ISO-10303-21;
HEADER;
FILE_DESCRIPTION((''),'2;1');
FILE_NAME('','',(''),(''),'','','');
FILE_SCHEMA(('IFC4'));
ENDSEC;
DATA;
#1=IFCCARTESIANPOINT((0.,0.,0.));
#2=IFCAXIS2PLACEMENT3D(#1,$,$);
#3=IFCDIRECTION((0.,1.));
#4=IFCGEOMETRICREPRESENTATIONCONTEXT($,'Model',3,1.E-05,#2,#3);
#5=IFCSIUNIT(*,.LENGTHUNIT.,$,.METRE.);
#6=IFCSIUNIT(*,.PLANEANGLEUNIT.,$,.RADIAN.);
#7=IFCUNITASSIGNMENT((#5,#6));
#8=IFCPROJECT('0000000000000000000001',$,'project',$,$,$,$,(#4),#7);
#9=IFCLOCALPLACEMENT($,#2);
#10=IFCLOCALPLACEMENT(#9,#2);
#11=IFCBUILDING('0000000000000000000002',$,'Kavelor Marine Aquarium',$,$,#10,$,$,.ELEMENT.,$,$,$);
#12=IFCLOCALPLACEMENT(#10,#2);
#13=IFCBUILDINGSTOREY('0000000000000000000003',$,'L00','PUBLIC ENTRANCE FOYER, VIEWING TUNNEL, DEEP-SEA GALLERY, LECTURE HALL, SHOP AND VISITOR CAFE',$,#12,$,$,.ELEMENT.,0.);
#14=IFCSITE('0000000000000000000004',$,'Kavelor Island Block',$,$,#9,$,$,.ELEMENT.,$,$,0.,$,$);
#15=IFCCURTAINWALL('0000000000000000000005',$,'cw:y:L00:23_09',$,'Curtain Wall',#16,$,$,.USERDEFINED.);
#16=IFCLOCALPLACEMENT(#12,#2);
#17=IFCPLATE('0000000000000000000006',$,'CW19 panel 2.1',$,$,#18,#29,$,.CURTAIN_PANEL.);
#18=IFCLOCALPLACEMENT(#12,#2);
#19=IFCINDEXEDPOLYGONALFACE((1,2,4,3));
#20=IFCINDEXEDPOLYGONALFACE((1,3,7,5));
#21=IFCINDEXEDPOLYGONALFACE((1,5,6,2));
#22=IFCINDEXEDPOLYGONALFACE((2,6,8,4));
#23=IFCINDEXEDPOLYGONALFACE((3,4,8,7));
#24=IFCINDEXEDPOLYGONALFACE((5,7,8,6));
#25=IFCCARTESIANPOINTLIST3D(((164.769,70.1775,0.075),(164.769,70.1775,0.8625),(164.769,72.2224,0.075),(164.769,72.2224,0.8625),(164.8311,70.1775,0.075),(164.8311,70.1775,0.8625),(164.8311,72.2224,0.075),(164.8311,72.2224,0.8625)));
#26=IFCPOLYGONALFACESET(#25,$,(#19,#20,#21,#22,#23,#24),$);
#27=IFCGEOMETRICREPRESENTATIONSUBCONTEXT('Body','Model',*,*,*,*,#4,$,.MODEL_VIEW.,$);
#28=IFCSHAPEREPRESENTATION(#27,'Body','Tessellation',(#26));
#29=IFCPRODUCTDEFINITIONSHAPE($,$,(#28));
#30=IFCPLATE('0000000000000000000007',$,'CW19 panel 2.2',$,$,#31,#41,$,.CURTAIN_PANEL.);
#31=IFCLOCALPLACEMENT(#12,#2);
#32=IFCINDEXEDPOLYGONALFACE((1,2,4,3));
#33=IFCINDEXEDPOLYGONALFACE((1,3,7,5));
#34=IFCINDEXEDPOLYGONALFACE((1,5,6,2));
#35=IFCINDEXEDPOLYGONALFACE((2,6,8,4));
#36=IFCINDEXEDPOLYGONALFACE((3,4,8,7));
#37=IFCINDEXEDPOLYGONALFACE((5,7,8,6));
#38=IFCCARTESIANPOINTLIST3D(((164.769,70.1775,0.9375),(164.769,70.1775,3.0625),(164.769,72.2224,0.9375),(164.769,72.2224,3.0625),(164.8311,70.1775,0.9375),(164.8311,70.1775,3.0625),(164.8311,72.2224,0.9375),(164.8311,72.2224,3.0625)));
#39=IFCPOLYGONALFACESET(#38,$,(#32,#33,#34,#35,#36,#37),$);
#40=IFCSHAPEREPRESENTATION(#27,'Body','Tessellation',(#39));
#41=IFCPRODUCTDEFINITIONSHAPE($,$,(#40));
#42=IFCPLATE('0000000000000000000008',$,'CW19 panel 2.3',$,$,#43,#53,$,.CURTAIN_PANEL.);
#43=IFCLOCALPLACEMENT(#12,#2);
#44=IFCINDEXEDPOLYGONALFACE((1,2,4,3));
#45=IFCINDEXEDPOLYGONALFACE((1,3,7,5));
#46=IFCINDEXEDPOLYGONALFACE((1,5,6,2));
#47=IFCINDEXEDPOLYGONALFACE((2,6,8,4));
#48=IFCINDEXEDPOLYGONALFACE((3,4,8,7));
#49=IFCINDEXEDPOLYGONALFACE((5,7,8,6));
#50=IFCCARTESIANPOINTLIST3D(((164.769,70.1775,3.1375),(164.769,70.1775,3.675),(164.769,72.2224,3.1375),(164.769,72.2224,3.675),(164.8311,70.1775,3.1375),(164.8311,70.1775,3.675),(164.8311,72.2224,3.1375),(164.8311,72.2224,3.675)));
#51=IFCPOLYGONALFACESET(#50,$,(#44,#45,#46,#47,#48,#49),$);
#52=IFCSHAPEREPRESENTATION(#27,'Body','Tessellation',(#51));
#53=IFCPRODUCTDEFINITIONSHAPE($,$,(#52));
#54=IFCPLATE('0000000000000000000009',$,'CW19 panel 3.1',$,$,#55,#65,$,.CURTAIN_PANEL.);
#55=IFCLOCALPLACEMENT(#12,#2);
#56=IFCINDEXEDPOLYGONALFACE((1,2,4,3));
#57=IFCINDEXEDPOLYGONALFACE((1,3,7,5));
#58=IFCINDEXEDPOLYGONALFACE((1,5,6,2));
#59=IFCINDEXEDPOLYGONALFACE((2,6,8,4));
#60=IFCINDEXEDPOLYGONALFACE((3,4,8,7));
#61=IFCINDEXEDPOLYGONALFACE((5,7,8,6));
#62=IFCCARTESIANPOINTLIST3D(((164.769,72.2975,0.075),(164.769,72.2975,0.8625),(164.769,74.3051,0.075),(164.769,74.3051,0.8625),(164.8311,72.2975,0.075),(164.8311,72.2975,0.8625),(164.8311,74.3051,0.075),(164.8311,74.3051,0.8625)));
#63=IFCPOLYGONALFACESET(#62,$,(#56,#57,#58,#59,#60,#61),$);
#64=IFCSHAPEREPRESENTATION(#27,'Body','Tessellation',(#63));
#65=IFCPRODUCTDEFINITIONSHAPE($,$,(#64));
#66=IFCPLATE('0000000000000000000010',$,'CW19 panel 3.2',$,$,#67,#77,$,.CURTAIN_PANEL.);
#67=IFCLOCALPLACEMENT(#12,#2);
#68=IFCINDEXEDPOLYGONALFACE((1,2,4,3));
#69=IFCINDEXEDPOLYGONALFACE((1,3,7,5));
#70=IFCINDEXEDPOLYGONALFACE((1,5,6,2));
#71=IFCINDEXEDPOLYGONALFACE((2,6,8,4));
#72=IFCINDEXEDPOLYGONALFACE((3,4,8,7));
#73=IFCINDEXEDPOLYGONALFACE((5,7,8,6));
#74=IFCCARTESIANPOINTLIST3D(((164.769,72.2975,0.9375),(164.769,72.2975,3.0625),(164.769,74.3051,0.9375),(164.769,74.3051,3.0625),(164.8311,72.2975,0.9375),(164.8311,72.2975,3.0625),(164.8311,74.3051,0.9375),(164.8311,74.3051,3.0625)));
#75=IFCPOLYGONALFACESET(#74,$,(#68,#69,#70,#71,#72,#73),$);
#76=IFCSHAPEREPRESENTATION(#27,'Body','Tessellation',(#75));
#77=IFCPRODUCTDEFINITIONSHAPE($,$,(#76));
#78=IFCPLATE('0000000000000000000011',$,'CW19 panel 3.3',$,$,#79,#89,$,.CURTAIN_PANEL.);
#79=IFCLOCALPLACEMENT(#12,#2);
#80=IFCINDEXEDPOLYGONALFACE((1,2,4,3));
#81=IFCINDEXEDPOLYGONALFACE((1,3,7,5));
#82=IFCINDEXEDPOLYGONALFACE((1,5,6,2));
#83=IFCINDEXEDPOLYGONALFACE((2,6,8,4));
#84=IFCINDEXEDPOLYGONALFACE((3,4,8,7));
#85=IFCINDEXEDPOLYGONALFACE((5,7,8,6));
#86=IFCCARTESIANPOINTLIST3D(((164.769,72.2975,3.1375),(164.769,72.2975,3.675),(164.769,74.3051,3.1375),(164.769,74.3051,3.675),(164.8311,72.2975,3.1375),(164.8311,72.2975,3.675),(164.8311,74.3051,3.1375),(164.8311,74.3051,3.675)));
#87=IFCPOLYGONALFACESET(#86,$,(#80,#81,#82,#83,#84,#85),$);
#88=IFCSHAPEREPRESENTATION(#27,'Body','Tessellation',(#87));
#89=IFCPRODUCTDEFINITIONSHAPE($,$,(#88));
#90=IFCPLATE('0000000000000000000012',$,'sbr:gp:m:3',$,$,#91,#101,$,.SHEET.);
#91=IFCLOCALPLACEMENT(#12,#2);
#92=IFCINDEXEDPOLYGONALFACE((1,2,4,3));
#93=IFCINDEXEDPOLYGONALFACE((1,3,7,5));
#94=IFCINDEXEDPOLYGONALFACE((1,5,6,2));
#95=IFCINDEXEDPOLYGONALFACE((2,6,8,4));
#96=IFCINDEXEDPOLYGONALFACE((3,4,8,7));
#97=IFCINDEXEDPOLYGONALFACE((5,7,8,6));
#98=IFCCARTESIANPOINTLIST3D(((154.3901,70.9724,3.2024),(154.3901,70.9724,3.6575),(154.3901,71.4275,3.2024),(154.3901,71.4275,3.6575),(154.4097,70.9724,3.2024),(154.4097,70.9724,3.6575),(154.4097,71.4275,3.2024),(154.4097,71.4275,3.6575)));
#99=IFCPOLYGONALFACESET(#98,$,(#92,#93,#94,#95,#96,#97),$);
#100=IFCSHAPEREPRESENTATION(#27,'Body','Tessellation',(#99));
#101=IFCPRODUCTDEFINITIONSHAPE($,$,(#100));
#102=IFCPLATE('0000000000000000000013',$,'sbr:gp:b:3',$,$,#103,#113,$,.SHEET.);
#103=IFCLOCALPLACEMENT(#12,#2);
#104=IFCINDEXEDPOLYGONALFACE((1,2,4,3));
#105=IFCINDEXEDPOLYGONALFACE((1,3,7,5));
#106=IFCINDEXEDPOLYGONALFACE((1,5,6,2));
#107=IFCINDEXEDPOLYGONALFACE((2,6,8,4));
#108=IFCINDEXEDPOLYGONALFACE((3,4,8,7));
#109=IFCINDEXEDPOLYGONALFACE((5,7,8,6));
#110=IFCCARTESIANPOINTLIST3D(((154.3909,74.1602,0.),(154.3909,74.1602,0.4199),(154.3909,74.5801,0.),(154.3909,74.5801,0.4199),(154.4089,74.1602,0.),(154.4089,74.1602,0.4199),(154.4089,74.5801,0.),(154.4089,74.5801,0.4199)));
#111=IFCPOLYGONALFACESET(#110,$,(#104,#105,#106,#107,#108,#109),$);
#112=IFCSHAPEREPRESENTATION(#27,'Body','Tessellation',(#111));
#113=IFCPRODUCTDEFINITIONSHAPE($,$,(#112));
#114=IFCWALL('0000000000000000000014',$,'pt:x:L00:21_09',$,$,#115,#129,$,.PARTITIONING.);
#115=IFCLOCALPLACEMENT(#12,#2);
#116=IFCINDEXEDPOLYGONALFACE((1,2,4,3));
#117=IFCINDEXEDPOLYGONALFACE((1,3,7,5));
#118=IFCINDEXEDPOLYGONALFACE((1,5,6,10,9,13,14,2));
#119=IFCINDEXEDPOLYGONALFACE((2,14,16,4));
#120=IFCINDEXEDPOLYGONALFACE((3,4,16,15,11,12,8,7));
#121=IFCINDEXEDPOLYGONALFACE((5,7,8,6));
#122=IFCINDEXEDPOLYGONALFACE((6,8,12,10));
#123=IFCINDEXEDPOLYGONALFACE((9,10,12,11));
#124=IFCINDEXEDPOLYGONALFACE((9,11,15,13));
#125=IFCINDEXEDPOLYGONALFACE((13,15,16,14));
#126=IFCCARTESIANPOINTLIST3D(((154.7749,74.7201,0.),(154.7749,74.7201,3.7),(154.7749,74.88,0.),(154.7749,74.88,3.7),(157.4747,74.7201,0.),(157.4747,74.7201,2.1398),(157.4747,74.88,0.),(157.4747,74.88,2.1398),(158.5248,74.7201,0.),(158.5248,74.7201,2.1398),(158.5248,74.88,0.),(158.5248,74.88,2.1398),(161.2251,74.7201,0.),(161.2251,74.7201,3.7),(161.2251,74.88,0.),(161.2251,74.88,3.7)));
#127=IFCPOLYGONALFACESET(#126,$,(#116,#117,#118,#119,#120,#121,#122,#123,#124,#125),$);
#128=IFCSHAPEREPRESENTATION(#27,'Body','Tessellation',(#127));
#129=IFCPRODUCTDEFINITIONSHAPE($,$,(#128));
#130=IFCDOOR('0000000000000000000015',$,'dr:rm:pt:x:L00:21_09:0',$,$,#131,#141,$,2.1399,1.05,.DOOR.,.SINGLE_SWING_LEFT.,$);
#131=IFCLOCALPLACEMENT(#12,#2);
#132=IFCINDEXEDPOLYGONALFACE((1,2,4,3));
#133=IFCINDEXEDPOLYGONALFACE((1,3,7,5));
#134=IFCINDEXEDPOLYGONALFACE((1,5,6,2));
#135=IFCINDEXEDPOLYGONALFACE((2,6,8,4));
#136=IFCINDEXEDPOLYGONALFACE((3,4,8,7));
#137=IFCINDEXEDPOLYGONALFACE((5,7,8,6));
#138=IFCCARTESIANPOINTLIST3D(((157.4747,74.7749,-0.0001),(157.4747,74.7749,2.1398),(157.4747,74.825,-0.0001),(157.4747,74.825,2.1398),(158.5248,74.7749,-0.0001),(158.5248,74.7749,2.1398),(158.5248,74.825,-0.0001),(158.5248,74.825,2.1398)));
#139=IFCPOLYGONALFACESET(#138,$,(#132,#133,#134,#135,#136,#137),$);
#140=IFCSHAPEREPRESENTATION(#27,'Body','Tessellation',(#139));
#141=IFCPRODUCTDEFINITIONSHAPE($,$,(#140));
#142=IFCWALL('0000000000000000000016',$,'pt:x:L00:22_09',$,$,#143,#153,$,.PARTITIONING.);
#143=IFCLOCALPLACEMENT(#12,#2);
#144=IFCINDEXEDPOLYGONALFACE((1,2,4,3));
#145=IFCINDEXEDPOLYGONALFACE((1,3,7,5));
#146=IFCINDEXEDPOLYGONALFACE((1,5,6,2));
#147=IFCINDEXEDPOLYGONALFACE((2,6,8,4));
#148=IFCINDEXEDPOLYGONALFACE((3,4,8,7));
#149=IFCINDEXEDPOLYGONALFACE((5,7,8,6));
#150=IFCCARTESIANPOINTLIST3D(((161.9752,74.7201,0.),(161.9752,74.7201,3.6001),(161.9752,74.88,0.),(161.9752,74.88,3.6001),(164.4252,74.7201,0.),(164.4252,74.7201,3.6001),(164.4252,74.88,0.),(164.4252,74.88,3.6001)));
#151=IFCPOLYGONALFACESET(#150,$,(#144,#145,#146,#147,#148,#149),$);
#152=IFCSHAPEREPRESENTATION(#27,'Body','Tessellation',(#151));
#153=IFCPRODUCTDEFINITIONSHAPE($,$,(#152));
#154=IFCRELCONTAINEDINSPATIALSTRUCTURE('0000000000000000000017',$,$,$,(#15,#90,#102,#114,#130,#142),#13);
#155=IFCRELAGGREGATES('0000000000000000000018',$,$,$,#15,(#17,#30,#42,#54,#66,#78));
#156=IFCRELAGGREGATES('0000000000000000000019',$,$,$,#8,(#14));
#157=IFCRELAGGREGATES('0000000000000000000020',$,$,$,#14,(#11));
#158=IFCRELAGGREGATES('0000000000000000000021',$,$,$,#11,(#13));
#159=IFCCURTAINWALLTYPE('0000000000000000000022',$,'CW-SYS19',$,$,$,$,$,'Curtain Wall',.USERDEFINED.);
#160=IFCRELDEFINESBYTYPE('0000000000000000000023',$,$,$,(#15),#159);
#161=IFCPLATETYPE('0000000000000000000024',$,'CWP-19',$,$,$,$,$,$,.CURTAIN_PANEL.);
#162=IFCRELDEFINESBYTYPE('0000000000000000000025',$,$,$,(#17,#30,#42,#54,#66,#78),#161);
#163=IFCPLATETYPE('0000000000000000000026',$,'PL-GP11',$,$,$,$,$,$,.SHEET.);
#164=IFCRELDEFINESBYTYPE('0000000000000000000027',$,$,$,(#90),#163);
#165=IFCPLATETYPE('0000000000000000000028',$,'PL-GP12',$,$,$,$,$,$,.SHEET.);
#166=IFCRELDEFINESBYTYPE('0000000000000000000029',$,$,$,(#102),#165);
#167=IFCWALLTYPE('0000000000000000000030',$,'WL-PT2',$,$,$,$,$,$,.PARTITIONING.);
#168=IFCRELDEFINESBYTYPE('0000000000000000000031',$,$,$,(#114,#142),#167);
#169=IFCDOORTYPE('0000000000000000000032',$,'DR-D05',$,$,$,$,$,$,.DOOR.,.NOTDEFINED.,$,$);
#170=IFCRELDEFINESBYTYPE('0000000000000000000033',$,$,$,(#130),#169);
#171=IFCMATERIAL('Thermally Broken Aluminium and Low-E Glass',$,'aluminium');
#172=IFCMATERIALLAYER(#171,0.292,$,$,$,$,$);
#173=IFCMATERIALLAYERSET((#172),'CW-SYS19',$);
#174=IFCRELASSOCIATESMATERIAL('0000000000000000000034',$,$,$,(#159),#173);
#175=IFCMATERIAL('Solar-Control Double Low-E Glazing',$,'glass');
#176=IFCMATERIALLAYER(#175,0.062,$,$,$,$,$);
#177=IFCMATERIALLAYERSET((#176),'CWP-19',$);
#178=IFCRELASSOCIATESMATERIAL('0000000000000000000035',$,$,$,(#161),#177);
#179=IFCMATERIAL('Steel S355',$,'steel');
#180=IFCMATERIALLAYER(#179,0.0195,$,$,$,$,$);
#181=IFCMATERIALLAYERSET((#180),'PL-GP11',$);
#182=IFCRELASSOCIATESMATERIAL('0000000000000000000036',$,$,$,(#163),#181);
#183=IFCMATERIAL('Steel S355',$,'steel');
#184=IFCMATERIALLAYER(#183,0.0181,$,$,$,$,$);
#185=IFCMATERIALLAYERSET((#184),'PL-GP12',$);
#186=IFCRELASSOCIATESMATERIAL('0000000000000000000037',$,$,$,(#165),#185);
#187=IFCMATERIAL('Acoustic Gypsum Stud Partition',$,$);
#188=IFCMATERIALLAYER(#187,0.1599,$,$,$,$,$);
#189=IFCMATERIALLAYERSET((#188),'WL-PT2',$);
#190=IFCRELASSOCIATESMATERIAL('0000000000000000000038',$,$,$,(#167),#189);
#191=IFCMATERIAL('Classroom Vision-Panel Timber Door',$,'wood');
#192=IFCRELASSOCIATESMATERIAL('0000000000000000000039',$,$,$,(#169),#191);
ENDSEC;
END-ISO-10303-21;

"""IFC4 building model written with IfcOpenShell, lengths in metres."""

from ifc_helpers import new_model, si_unit, direction, frame, frame_2d, origin, origin_2d, place, context, subcontext, project, spatial, rectangle, extrude, material, layer, layer_set, type_object, element, fill, aggregate, save


model = new_model("IFC4")

# Units and contexts
model_context = context("Model", 3, precision=1e-05, world=origin(), true_north=direction((0.0, 1.0)))
body_context = subcontext(model_context, "Body", "Model", "MODEL_VIEW")
ifc_project = project(units=[si_unit("LENGTHUNIT", "METRE"), si_unit("PLANEANGLEUNIT", "RADIAN")], contexts=[model_context])

# Site, building, storey
site_placement = place(None, origin())
site = spatial("IfcSite", under=ifc_project, at=site_placement, Name="Kavelor Island Block", CompositionType="ELEMENT", RefElevation=0.0)
building_placement = place(site_placement, origin())
building = spatial("IfcBuilding", under=site, at=building_placement, Name="Kavelor Marine Aquarium", CompositionType="ELEMENT")
storey_placement = place(building_placement, origin())
storey = spatial("IfcBuildingStorey", under=building, at=storey_placement, Name="L00", Description="PUBLIC ENTRANCE FOYER, VIEWING TUNNEL, DEEP-SEA GALLERY, LECTURE HALL, SHOP AND VISITOR CAFE", CompositionType="ELEMENT", Elevation=0.0)

# Curtain wall
ifc_material_1 = material(Name="Thermally Broken Aluminium and Low-E Glass", Category="aluminium")
ifc_layer_1 = layer(ifc_material_1, 0.292)
ifc_layer_set_1 = layer_set([ifc_layer_1], Name="CW-SYS19")
curtain_wall_type = type_object("IfcCurtainWallType", Name="CW-SYS19", ElementType="Curtain Wall", PredefinedType="USERDEFINED", material=ifc_layer_set_1)
curtain_wall_placement = place(storey_placement, origin())
curtain_wall = element("IfcCurtainWall", 1, at=curtain_wall_placement, inside=storey, type_object=curtain_wall_type, Name="cw:y:L00:23_09", ObjectType="Curtain Wall", PredefinedType="USERDEFINED")

# Plates
ifc_material_2 = material(Name="Solar-Control Double Low-E Glazing", Category="glass")
ifc_layer_2 = layer(ifc_material_2, 0.062)
ifc_layer_set_2 = layer_set([ifc_layer_2], Name="CWP-19")
plate_type_1 = type_object("IfcPlateType", Name="CWP-19", PredefinedType="CURTAIN_PANEL", material=ifc_layer_set_2)
plate_1_placement = place(storey_placement, frame((164.8, 71.2, 0.075), z_axis=(0.0, 0.0, 1.0), x_axis=(0.0, 1.0, 0.0)))
plate_1 = element("IfcPlate", 2, at=plate_1_placement, type_object=plate_type_1, Name="CW19 panel 2.1", PredefinedType="CURTAIN_PANEL", context=body_context, shape_type="SweptSolid", body=[
    extrude(rectangle(XDim=2.0449, YDim=0.062, at=origin_2d()), origin(), (0.0, 0.0, 1.0), 0.7876),
])
plate_2_placement = place(storey_placement, frame((164.8, 71.2, 0.9375), z_axis=(0.0, 0.0, 1.0), x_axis=(0.0, 1.0, 0.0)))
plate_2 = element("IfcPlate", 3, at=plate_2_placement, type_object=plate_type_1, Name="CW19 panel 2.2", PredefinedType="CURTAIN_PANEL", context=body_context, shape_type="SweptSolid", body=[
    extrude(rectangle(XDim=2.0449, YDim=0.062, at=origin_2d()), origin(), (0.0, 0.0, 1.0), 2.125),
])
plate_3_placement = place(storey_placement, frame((164.8, 71.2, 3.1375), z_axis=(0.0, 0.0, 1.0), x_axis=(0.0, 1.0, 0.0)))
plate_3 = element("IfcPlate", 4, at=plate_3_placement, type_object=plate_type_1, Name="CW19 panel 2.3", PredefinedType="CURTAIN_PANEL", context=body_context, shape_type="SweptSolid", body=[
    extrude(rectangle(XDim=2.0449, YDim=0.062, at=origin_2d()), origin(), (0.0, 0.0, 1.0), 0.5376),
])
plate_4_placement = place(storey_placement, frame((164.8, 73.3013, 0.075), z_axis=(0.0, 0.0, 1.0), x_axis=(0.0, 1.0, 0.0)))
plate_4 = element("IfcPlate", 5, at=plate_4_placement, type_object=plate_type_1, Name="CW19 panel 3.1", PredefinedType="CURTAIN_PANEL", context=body_context, shape_type="SweptSolid", body=[
    extrude(rectangle(XDim=2.0076, YDim=0.062, at=origin_2d()), origin(), (0.0, 0.0, 1.0), 0.7876),
])
plate_5_placement = place(storey_placement, frame((164.8, 73.3013, 0.9375), z_axis=(0.0, 0.0, 1.0), x_axis=(0.0, 1.0, 0.0)))
plate_5 = element("IfcPlate", 6, at=plate_5_placement, type_object=plate_type_1, Name="CW19 panel 3.2", PredefinedType="CURTAIN_PANEL", context=body_context, shape_type="SweptSolid", body=[
    extrude(rectangle(XDim=2.0076, YDim=0.062, at=origin_2d()), origin(), (0.0, 0.0, 1.0), 2.125),
])
plate_6_placement = place(storey_placement, frame((164.8, 73.3013, 3.1375), z_axis=(0.0, 0.0, 1.0), x_axis=(0.0, 1.0, 0.0)))
plate_6 = element("IfcPlate", 7, at=plate_6_placement, type_object=plate_type_1, Name="CW19 panel 3.3", PredefinedType="CURTAIN_PANEL", context=body_context, shape_type="SweptSolid", body=[
    extrude(rectangle(XDim=2.0076, YDim=0.062, at=origin_2d()), origin(), (0.0, 0.0, 1.0), 0.5376),
])
aggregate(curtain_wall, [plate_1, plate_2, plate_3, plate_4, plate_5, plate_6])

# Plates
ifc_material_3 = material(Name="Steel S355", Category="steel")
ifc_layer_3 = layer(ifc_material_3, 0.0195)
ifc_layer_set_3 = layer_set([ifc_layer_3], Name="PL-GP11")
plate_type_2 = type_object("IfcPlateType", Name="PL-GP11", PredefinedType="SHEET", material=ifc_layer_set_3)
plate_7_placement = place(storey_placement, frame((154.3999, 71.2, 3.2024), z_axis=(0.0, 0.0, 1.0), x_axis=(1.0, 0.0, 0.0)))
element("IfcPlate", 8, at=plate_7_placement, inside=storey, type_object=plate_type_2, Name="sbr:gp:m:3", PredefinedType="SHEET", context=body_context, shape_type="SweptSolid", body=[
    extrude(rectangle(XDim=0.0195, YDim=0.4551, at=origin_2d()), origin(), (0.0, 0.0, 1.0), 0.4551),
])
ifc_material_4 = material(Name="Steel S355", Category="steel")
ifc_layer_4 = layer(ifc_material_4, 0.0181)
ifc_layer_set_4 = layer_set([ifc_layer_4], Name="PL-GP12")
plate_type_3 = type_object("IfcPlateType", Name="PL-GP12", PredefinedType="SHEET", material=ifc_layer_set_4)
plate_8_placement = place(storey_placement, frame((154.3999, 74.3701, 0.0), z_axis=(0.0, 0.0, 1.0), x_axis=(1.0, 0.0, 0.0)))
element("IfcPlate", 9, at=plate_8_placement, inside=storey, type_object=plate_type_3, Name="sbr:gp:b:3", PredefinedType="SHEET", context=body_context, shape_type="SweptSolid", body=[
    extrude(rectangle(XDim=0.0181, YDim=0.4199, at=origin_2d()), origin(), (0.0, 0.0, 1.0), 0.4199),
])

# Wall, opening, door
ifc_material_5 = material(Name="Acoustic Gypsum Stud Partition")
ifc_layer_5 = layer(ifc_material_5, 0.1599)
ifc_layer_set_5 = layer_set([ifc_layer_5], Name="WL-PT2")
wall_type = type_object("IfcWallType", Name="WL-PT2", PredefinedType="PARTITIONING", material=ifc_layer_set_5)
wall_1_placement = place(storey_placement, frame((154.7749, 74.8, 0.0), z_axis=(0.0, 0.0, 1.0), x_axis=(1.0, 0.0, 0.0)))
wall_1 = element("IfcWall", 10, at=wall_1_placement, inside=storey, type_object=wall_type, Name="pt:x:L00:21_09", PredefinedType="PARTITIONING", context=body_context, shape_type="SweptSolid", body=[
    extrude(rectangle(XDim=6.4502, YDim=0.1599, at=frame_2d((3.2251, 0.0))), origin(), (0.0, 0.0, 1.0), 3.7),
])
opening_placement = place(wall_1_placement, frame((2.7, 0.0, 0.0)))
opening = element("IfcOpeningElement", 11, at=opening_placement, cuts=wall_1, PredefinedType="OPENING", context=body_context, shape_type="SweptSolid", body=[
    extrude(rectangle(XDim=1.05, YDim=2.1399, at=frame_2d((0.5249, 1.0698))), frame((0.0, 0.0898, 0.0), z_axis=(0.0, -1.0, 0.0), x_axis=(1.0, 0.0, 0.0)), (0.0, 0.0, 1.0), 0.1799),
])
ifc_material_6 = material(Name="Classroom Vision-Panel Timber Door", Category="wood")
door_type = type_object("IfcDoorType", Name="DR-D05", OperationType="NOTDEFINED", PredefinedType="DOOR", material=ifc_material_6)
door_placement = place(opening_placement, origin())
door = element("IfcDoor", 12, at=door_placement, inside=storey, type_object=door_type, Name="dr:rm:pt:x:L00:21_09:0", OperationType="SINGLE_SWING_LEFT", OverallHeight=2.1399, OverallWidth=1.05, PredefinedType="DOOR", context=body_context, shape_type="SweptSolid", body=[
    extrude(rectangle(XDim=1.05, YDim=2.1399, at=frame_2d((0.5249, 1.0698))), frame((0.0, 0.0249, 0.0), z_axis=(0.0, -1.0, 0.0), x_axis=(1.0, 0.0, 0.0)), (0.0, 0.0, 1.0), 0.05),
])
fill(opening, door)

# Wall
wall_2_placement = place(storey_placement, frame((161.9751, 74.8, 0.0), z_axis=(0.0, 0.0, 1.0), x_axis=(1.0, 0.0, 0.0)))
element("IfcWall", 13, at=wall_2_placement, inside=storey, type_object=wall_type, Name="pt:x:L00:22_09", PredefinedType="PARTITIONING", context=body_context, shape_type="SweptSolid", body=[
    extrude(rectangle(XDim=2.45, YDim=0.1599, at=frame_2d((1.2251, 0.0))), origin(), (0.0, 0.0, 1.0), 3.6001),
])

save(model, "model.ifc")
